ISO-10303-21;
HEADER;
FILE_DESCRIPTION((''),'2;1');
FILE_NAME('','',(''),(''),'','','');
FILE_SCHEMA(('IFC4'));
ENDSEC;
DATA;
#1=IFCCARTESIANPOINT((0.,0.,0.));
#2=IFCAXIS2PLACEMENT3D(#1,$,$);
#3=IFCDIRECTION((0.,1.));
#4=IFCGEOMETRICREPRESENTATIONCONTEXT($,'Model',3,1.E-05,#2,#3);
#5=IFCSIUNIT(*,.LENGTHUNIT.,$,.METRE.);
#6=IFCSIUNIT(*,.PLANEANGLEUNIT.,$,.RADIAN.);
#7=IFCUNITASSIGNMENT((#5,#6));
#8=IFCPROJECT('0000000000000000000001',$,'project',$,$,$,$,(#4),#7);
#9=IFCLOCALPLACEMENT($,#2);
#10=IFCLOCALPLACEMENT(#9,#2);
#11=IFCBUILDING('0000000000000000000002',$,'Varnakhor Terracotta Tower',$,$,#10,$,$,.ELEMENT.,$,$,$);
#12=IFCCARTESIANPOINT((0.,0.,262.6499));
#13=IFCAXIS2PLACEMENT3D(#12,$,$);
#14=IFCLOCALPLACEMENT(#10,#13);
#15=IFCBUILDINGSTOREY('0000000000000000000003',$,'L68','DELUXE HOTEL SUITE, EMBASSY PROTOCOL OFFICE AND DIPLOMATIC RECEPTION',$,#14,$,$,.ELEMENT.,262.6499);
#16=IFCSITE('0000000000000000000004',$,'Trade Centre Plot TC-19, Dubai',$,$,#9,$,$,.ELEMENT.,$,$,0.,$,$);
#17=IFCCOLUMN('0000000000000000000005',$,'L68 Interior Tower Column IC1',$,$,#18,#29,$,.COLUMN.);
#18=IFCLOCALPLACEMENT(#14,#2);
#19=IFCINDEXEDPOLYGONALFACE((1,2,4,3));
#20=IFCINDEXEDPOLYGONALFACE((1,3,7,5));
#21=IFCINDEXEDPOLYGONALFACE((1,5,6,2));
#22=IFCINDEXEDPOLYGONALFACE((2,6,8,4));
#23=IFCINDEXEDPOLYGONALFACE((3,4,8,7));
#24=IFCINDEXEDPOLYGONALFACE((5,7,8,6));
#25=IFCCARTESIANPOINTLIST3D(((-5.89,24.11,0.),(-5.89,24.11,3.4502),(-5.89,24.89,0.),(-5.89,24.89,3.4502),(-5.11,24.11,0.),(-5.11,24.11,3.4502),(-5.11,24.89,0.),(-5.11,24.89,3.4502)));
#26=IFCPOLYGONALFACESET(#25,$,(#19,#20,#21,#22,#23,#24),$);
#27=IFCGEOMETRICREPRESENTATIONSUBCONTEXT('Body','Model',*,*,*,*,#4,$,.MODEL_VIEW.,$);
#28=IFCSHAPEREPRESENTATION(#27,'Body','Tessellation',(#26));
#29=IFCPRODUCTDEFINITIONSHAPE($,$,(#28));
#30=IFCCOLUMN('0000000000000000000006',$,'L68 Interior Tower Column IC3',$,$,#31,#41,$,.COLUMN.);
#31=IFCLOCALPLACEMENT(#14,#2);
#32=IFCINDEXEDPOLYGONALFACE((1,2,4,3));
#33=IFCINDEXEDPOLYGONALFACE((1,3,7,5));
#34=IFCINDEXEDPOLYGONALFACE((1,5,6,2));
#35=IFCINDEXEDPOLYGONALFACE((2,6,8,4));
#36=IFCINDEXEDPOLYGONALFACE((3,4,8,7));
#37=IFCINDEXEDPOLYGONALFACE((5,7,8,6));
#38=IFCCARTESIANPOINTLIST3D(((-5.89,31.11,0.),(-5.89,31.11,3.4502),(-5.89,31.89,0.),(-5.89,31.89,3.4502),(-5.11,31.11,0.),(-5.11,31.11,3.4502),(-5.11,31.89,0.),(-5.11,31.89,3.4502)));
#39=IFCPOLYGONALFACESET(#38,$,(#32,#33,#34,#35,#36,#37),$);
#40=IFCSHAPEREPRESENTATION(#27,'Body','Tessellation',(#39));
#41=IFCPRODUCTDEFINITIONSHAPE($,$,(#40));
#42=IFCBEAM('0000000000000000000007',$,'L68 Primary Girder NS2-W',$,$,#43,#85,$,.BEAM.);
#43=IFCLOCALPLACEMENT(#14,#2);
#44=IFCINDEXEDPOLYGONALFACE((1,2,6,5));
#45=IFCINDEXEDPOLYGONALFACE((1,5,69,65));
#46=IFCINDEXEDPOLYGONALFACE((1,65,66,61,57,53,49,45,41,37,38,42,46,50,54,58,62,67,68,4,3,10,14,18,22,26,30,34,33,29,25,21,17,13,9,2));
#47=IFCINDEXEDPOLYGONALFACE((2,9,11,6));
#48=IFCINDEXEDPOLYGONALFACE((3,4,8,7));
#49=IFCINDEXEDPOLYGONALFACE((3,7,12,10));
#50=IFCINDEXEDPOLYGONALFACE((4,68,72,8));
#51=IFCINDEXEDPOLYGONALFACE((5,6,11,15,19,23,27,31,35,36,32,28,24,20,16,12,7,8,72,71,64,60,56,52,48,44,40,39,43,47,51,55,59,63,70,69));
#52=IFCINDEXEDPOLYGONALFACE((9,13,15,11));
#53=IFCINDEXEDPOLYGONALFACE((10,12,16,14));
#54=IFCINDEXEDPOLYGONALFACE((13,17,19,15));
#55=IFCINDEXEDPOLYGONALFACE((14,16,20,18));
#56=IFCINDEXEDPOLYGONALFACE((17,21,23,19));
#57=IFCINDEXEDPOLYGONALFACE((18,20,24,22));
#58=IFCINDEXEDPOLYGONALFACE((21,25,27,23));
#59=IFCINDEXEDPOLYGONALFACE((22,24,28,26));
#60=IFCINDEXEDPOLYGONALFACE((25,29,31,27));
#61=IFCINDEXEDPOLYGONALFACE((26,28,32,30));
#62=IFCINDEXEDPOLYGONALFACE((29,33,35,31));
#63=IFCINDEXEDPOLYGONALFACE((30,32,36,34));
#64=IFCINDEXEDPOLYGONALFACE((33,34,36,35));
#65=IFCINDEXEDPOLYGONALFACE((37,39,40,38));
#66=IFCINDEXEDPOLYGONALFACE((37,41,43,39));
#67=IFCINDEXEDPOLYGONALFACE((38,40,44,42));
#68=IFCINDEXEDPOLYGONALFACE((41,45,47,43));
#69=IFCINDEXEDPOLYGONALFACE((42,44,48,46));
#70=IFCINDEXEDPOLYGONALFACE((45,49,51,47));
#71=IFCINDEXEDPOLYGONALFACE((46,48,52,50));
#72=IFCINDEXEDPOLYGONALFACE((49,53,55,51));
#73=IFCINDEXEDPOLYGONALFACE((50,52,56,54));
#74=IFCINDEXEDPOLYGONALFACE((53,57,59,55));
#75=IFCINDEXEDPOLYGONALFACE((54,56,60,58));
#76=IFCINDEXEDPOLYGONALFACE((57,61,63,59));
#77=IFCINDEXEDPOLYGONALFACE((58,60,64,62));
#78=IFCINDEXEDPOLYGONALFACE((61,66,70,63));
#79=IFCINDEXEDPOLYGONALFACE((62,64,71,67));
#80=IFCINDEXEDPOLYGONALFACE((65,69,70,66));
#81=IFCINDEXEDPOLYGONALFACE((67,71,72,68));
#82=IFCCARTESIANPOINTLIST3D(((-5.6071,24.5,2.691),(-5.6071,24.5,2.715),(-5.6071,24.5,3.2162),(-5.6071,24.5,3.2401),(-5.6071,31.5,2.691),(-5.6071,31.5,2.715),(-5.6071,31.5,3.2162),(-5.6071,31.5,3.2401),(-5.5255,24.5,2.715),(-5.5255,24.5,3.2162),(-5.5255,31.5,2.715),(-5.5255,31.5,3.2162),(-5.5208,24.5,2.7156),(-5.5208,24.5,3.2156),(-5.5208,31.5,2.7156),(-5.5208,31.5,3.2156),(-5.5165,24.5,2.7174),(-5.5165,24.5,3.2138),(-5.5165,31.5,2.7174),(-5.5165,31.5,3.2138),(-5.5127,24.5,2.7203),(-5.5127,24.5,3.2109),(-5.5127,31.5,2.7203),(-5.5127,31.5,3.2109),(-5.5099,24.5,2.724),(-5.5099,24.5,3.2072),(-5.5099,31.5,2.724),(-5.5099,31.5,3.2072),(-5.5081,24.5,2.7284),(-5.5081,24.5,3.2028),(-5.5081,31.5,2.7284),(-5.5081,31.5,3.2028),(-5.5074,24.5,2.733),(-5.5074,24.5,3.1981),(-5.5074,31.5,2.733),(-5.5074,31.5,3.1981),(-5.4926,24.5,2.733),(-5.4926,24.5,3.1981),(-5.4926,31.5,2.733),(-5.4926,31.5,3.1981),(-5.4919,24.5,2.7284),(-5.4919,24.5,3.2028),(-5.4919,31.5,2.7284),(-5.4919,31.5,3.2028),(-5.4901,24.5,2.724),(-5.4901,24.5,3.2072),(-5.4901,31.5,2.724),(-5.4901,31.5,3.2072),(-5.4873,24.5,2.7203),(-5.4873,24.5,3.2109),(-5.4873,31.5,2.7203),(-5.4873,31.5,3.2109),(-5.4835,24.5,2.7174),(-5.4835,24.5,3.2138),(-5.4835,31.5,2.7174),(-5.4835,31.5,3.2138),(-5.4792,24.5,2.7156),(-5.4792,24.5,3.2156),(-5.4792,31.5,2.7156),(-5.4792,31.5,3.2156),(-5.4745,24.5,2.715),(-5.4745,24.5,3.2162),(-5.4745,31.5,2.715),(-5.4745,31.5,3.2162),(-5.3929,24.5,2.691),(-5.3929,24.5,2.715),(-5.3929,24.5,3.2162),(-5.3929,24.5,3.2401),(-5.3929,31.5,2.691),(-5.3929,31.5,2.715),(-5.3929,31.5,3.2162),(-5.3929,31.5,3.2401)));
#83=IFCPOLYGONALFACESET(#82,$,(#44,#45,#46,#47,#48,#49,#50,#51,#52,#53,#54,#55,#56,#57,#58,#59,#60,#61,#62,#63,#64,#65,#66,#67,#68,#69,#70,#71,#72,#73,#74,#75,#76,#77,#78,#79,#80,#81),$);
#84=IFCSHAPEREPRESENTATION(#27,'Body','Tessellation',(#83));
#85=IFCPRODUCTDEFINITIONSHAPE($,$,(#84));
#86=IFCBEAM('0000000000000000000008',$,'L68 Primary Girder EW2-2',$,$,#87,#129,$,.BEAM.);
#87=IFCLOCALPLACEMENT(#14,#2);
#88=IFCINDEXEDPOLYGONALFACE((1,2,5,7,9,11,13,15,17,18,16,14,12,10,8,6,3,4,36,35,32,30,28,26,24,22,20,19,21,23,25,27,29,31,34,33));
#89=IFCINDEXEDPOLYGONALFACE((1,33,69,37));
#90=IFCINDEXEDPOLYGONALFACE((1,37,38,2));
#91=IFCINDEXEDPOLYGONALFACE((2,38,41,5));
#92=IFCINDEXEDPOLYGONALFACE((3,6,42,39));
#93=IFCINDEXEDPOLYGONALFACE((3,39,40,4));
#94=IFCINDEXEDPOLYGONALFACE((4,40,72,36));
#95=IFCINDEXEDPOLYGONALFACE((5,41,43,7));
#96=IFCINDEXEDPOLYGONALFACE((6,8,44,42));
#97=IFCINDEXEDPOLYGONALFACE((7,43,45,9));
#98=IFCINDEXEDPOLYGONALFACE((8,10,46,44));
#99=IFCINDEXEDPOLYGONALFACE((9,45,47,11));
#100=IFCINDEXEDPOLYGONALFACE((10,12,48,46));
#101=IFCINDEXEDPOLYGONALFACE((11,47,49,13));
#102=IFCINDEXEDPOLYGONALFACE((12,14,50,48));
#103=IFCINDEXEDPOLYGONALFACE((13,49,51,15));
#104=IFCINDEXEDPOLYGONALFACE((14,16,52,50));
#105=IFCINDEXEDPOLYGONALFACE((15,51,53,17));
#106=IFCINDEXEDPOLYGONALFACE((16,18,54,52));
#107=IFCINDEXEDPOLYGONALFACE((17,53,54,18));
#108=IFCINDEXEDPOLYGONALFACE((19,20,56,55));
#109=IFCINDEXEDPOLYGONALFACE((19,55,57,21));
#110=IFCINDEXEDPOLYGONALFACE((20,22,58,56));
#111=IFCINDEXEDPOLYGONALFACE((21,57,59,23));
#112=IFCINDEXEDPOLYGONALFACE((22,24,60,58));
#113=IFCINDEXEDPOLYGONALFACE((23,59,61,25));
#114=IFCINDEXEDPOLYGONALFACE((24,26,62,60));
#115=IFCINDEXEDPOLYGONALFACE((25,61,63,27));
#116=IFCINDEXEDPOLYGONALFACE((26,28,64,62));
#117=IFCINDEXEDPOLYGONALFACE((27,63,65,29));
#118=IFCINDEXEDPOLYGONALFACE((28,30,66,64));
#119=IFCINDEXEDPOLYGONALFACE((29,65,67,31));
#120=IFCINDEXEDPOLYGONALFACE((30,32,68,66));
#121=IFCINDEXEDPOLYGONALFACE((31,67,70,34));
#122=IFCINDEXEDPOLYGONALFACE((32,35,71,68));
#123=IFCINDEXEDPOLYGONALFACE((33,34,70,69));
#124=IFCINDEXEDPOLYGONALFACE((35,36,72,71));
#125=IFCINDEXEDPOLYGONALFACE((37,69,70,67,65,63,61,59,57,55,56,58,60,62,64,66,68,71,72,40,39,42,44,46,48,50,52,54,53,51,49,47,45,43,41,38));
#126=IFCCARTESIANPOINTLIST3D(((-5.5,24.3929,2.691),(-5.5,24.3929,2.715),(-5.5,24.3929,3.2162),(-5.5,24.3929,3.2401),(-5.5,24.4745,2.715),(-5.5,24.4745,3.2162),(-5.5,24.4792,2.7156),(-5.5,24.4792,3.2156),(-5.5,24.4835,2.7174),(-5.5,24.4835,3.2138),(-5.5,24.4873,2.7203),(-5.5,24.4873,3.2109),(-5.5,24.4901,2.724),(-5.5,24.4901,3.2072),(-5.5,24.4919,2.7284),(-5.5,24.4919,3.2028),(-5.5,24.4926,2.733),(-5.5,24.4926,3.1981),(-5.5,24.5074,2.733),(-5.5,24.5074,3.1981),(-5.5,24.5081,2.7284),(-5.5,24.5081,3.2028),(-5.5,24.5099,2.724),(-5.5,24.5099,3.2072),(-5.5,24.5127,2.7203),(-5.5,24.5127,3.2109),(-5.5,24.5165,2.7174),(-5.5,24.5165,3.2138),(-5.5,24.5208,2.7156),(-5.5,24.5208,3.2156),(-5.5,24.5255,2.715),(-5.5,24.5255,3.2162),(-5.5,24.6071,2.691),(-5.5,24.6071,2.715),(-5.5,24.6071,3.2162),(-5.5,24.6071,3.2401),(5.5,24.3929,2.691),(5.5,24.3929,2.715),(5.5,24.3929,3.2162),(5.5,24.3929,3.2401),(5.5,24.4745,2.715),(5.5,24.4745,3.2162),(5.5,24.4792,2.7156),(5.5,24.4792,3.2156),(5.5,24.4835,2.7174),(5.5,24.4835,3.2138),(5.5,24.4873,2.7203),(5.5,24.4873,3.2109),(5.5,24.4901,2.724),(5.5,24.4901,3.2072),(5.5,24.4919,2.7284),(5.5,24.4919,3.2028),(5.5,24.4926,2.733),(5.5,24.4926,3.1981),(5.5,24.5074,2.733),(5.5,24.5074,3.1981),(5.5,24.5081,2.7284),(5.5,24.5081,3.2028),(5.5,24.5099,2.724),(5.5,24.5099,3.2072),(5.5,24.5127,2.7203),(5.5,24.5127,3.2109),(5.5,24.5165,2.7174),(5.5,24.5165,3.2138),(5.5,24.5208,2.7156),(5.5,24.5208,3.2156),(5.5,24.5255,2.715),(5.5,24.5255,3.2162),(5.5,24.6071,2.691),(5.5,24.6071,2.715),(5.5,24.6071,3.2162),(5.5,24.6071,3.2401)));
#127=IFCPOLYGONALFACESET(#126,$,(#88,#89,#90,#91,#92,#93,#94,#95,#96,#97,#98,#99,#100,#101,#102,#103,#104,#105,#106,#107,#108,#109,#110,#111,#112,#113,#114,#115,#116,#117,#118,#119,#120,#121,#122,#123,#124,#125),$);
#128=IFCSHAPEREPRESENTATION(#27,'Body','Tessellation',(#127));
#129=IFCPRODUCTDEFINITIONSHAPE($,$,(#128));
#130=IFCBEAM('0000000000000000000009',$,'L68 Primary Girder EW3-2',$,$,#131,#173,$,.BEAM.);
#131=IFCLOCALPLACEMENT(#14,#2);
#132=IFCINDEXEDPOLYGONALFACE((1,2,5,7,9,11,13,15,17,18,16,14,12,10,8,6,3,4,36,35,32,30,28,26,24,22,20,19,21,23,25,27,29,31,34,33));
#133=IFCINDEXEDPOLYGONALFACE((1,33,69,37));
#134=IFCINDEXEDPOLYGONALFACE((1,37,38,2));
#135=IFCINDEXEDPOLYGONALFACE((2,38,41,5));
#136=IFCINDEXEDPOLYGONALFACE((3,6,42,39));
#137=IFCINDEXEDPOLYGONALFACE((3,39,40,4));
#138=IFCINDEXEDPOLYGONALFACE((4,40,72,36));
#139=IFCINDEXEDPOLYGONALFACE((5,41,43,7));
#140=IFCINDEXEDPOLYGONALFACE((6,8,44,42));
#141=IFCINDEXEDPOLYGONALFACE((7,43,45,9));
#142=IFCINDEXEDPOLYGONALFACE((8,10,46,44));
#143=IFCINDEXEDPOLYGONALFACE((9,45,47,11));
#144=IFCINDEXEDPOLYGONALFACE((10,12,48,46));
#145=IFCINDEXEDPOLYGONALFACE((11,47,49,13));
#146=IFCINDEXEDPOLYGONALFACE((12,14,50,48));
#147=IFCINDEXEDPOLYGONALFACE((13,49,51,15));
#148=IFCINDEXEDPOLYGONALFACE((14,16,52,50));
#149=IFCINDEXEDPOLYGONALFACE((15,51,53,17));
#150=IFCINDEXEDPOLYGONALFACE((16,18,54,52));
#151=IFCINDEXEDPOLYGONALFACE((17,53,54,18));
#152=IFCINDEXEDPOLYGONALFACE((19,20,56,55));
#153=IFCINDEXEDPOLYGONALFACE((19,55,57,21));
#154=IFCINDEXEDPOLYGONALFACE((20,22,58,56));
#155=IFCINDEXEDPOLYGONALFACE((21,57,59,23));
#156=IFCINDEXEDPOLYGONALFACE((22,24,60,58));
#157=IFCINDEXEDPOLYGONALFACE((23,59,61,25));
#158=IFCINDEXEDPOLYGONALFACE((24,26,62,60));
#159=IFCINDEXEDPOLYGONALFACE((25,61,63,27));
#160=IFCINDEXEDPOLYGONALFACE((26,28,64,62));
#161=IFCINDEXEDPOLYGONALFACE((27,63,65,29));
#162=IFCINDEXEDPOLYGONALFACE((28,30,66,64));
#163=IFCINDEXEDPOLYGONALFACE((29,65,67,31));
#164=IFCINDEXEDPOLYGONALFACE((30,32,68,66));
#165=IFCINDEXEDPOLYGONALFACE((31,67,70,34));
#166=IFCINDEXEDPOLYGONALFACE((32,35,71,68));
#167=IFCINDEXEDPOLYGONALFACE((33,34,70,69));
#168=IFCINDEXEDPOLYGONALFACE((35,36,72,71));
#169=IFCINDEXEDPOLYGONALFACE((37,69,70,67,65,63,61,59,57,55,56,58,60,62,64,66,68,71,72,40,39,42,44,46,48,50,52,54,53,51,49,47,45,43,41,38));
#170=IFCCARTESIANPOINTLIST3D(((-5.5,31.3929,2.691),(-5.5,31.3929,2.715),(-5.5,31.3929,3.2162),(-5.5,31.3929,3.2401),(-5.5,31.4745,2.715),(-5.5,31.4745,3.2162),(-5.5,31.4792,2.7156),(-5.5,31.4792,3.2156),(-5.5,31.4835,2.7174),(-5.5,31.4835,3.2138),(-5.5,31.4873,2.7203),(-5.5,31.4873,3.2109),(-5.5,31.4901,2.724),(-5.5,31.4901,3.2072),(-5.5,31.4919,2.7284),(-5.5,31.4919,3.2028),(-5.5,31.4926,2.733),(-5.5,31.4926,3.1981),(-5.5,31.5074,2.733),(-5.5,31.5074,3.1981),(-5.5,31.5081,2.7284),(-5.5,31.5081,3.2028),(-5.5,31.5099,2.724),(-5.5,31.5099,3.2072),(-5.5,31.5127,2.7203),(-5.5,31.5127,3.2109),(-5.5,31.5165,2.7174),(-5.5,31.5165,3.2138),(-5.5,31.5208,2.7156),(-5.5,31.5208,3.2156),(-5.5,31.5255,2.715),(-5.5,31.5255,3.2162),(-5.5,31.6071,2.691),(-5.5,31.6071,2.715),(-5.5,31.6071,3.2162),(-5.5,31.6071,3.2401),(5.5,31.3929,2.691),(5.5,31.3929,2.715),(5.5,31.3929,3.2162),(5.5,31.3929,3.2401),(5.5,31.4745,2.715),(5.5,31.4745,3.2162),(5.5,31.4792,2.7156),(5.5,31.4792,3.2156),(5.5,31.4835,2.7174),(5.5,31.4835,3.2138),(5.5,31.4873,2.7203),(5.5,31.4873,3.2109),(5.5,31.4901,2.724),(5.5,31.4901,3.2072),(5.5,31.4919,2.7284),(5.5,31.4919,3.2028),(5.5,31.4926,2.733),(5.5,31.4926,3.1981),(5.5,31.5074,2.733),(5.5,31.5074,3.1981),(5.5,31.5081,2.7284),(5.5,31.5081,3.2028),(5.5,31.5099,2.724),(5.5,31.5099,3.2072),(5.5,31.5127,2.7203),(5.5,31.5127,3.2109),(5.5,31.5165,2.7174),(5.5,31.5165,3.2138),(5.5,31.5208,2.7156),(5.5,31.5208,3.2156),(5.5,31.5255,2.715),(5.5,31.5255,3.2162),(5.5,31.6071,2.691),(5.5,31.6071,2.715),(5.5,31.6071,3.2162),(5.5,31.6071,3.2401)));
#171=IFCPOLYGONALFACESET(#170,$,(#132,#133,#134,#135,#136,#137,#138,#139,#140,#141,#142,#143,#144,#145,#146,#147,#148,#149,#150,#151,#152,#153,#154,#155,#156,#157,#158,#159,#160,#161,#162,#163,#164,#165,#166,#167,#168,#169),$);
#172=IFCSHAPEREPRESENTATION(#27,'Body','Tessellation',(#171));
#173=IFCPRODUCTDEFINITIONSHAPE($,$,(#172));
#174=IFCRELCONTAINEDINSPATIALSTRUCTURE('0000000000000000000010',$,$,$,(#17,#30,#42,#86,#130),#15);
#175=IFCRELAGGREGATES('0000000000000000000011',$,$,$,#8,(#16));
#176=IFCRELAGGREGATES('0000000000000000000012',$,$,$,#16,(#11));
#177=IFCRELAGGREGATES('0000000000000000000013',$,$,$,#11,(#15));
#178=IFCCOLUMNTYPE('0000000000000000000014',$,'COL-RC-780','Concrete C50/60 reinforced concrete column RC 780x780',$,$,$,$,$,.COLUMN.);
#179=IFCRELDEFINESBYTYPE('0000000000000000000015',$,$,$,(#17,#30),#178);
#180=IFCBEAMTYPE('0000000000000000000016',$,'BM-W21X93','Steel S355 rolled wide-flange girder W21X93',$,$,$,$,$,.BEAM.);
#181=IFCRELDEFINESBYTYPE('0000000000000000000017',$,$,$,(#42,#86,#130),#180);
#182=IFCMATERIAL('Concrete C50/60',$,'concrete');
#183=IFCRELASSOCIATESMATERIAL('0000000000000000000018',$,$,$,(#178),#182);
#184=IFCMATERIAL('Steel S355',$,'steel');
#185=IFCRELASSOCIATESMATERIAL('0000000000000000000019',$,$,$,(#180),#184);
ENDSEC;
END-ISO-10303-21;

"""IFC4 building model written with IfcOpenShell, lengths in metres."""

from ifc_helpers import new_model, si_unit, direction, frame, origin, origin_2d, place, context, subcontext, project, spatial, rectangle, i_section, extrude, source, transform, mapped, material, material_profile, profile_set, type_object, element, save


model = new_model("IFC4")

# Units and contexts
model_context = context("Model", 3, precision=1e-05, world=origin(), true_north=direction((0.0, 1.0)))
body_context = subcontext(model_context, "Body", "Model", "MODEL_VIEW")
ifc_project = project(units=[si_unit("LENGTHUNIT", "METRE"), si_unit("PLANEANGLEUNIT", "RADIAN")], contexts=[model_context])

# Site, building, storey
site_placement = place(None, origin())
site = spatial("IfcSite", under=ifc_project, at=site_placement, Name="Trade Centre Plot TC-19, Dubai", CompositionType="ELEMENT", RefElevation=0.0)
building_placement = place(site_placement, origin())
building = spatial("IfcBuilding", under=site, at=building_placement, Name="Varnakhor Terracotta Tower", CompositionType="ELEMENT")
storey_placement = place(building_placement, frame((0.0, 0.0, 262.6499)))
storey = spatial("IfcBuildingStorey", under=building, at=storey_placement, Name="L68", Description="DELUXE HOTEL SUITE, EMBASSY PROTOCOL OFFICE AND DIPLOMATIC RECEPTION", CompositionType="ELEMENT", Elevation=262.6499)

# Columns
ifc_material_1 = material(Name="Concrete C50/60", Category="concrete")
ifc_material_profile_1 = material_profile(ifc_material_1, rectangle(XDim=0.78, YDim=0.78, at=origin_2d()), Name="RC 780x780")
ifc_profile_set_1 = profile_set([ifc_material_profile_1], Name="Concrete C50/60")
column_type = type_object("IfcColumnType", Name="COL-RC-780", Description="Concrete C50/60 reinforced concrete column RC 780x780", PredefinedType="COLUMN", material=ifc_profile_set_1)
shared_shape_1 = source(origin(), body_context, "Body", "SweptSolid", [
    extrude(rectangle(XDim=0.78, YDim=0.78, at=origin_2d()), origin(), (0.0, 0.0, 1.0), 3.4502),
])
for number, where, z_axis, x_axis, name in (
    (1, (-5.5, 24.5, 0.0), (0.0, 0.0, 1.0), (1.0, 0.0, 0.0), "L68 Interior Tower Column IC1"),
    (2, (-5.5, 31.5, 0.0), (0.0, 0.0, 1.0), (1.0, 0.0, 0.0), "L68 Interior Tower Column IC3"),
):
    element("IfcColumn", number, at=place(storey_placement, frame(where, z_axis=z_axis, x_axis=x_axis)), inside=storey, type_object=column_type, Name=name, PredefinedType="COLUMN", context=body_context, shape_type="MappedRepresentation", body=[
        mapped(shared_shape_1, transform((0.0, 0.0, 0.0), scale=1.0)),
    ])

# Beams
ifc_material_2 = material(Name="Steel S355", Category="steel")
ifc_material_profile_2 = material_profile(ifc_material_2, i_section(OverallWidth=0.2141, OverallDepth=0.5491, WebThickness=0.0149, FlangeThickness=0.0239, FilletRadius=0.0181, at=origin_2d()), Name="W21X93")
ifc_profile_set_2 = profile_set([ifc_material_profile_2], Name="Steel S355")
beam_type_1 = type_object("IfcBeamType", Name="BM-W21X93", Description="Steel S355 rolled wide-flange girder W21X93", PredefinedType="BEAM", material=ifc_profile_set_2)
shared_shape_2 = source(origin(), body_context, "Body", "SweptSolid", [
    extrude(i_section(OverallWidth=0.2141, OverallDepth=0.5491, WebThickness=0.0149, FlangeThickness=0.0239, FilletRadius=0.0181, at=origin_2d()), origin(), (0.0, 0.0, 1.0), 7.0),
])
beam_1_placement = place(storey_placement, frame((-5.5, 24.5, 2.9656), z_axis=(0.0, 1.0, 0.0), x_axis=(-1.0, 0.0, 0.0)))
element("IfcBeam", 3, at=beam_1_placement, inside=storey, type_object=beam_type_1, Name="L68 Primary Girder NS2-W", PredefinedType="BEAM", context=body_context, shape_type="MappedRepresentation", body=[
    mapped(shared_shape_2, transform((0.0, 0.0, 0.0), scale=1.0)),
])
shared_shape_3 = source(origin(), body_context, "Body", "SweptSolid", [
    extrude(i_section(OverallWidth=0.2141, OverallDepth=0.5491, WebThickness=0.0149, FlangeThickness=0.0239, FilletRadius=0.0181, at=origin_2d()), origin(), (0.0, 0.0, 1.0), 11.0),
])
for number, where, z_axis, x_axis, name in (
    (4, (-5.5, 24.5, 2.9656), (1.0, 0.0, 0.0), (0.0, 1.0, 0.0), "L68 Primary Girder EW2-2"),
    (5, (-5.5, 31.5, 2.9656), (1.0, 0.0, 0.0), (0.0, 1.0, 0.0), "L68 Primary Girder EW3-2"),
):
    element("IfcBeam", number, at=place(storey_placement, frame(where, z_axis=z_axis, x_axis=x_axis)), inside=storey, type_object=beam_type_1, Name=name, PredefinedType="BEAM", context=body_context, shape_type="MappedRepresentation", body=[
        mapped(shared_shape_3, transform((0.0, 0.0, 0.0), scale=1.0)),
    ])

save(model, "model.ifc")
